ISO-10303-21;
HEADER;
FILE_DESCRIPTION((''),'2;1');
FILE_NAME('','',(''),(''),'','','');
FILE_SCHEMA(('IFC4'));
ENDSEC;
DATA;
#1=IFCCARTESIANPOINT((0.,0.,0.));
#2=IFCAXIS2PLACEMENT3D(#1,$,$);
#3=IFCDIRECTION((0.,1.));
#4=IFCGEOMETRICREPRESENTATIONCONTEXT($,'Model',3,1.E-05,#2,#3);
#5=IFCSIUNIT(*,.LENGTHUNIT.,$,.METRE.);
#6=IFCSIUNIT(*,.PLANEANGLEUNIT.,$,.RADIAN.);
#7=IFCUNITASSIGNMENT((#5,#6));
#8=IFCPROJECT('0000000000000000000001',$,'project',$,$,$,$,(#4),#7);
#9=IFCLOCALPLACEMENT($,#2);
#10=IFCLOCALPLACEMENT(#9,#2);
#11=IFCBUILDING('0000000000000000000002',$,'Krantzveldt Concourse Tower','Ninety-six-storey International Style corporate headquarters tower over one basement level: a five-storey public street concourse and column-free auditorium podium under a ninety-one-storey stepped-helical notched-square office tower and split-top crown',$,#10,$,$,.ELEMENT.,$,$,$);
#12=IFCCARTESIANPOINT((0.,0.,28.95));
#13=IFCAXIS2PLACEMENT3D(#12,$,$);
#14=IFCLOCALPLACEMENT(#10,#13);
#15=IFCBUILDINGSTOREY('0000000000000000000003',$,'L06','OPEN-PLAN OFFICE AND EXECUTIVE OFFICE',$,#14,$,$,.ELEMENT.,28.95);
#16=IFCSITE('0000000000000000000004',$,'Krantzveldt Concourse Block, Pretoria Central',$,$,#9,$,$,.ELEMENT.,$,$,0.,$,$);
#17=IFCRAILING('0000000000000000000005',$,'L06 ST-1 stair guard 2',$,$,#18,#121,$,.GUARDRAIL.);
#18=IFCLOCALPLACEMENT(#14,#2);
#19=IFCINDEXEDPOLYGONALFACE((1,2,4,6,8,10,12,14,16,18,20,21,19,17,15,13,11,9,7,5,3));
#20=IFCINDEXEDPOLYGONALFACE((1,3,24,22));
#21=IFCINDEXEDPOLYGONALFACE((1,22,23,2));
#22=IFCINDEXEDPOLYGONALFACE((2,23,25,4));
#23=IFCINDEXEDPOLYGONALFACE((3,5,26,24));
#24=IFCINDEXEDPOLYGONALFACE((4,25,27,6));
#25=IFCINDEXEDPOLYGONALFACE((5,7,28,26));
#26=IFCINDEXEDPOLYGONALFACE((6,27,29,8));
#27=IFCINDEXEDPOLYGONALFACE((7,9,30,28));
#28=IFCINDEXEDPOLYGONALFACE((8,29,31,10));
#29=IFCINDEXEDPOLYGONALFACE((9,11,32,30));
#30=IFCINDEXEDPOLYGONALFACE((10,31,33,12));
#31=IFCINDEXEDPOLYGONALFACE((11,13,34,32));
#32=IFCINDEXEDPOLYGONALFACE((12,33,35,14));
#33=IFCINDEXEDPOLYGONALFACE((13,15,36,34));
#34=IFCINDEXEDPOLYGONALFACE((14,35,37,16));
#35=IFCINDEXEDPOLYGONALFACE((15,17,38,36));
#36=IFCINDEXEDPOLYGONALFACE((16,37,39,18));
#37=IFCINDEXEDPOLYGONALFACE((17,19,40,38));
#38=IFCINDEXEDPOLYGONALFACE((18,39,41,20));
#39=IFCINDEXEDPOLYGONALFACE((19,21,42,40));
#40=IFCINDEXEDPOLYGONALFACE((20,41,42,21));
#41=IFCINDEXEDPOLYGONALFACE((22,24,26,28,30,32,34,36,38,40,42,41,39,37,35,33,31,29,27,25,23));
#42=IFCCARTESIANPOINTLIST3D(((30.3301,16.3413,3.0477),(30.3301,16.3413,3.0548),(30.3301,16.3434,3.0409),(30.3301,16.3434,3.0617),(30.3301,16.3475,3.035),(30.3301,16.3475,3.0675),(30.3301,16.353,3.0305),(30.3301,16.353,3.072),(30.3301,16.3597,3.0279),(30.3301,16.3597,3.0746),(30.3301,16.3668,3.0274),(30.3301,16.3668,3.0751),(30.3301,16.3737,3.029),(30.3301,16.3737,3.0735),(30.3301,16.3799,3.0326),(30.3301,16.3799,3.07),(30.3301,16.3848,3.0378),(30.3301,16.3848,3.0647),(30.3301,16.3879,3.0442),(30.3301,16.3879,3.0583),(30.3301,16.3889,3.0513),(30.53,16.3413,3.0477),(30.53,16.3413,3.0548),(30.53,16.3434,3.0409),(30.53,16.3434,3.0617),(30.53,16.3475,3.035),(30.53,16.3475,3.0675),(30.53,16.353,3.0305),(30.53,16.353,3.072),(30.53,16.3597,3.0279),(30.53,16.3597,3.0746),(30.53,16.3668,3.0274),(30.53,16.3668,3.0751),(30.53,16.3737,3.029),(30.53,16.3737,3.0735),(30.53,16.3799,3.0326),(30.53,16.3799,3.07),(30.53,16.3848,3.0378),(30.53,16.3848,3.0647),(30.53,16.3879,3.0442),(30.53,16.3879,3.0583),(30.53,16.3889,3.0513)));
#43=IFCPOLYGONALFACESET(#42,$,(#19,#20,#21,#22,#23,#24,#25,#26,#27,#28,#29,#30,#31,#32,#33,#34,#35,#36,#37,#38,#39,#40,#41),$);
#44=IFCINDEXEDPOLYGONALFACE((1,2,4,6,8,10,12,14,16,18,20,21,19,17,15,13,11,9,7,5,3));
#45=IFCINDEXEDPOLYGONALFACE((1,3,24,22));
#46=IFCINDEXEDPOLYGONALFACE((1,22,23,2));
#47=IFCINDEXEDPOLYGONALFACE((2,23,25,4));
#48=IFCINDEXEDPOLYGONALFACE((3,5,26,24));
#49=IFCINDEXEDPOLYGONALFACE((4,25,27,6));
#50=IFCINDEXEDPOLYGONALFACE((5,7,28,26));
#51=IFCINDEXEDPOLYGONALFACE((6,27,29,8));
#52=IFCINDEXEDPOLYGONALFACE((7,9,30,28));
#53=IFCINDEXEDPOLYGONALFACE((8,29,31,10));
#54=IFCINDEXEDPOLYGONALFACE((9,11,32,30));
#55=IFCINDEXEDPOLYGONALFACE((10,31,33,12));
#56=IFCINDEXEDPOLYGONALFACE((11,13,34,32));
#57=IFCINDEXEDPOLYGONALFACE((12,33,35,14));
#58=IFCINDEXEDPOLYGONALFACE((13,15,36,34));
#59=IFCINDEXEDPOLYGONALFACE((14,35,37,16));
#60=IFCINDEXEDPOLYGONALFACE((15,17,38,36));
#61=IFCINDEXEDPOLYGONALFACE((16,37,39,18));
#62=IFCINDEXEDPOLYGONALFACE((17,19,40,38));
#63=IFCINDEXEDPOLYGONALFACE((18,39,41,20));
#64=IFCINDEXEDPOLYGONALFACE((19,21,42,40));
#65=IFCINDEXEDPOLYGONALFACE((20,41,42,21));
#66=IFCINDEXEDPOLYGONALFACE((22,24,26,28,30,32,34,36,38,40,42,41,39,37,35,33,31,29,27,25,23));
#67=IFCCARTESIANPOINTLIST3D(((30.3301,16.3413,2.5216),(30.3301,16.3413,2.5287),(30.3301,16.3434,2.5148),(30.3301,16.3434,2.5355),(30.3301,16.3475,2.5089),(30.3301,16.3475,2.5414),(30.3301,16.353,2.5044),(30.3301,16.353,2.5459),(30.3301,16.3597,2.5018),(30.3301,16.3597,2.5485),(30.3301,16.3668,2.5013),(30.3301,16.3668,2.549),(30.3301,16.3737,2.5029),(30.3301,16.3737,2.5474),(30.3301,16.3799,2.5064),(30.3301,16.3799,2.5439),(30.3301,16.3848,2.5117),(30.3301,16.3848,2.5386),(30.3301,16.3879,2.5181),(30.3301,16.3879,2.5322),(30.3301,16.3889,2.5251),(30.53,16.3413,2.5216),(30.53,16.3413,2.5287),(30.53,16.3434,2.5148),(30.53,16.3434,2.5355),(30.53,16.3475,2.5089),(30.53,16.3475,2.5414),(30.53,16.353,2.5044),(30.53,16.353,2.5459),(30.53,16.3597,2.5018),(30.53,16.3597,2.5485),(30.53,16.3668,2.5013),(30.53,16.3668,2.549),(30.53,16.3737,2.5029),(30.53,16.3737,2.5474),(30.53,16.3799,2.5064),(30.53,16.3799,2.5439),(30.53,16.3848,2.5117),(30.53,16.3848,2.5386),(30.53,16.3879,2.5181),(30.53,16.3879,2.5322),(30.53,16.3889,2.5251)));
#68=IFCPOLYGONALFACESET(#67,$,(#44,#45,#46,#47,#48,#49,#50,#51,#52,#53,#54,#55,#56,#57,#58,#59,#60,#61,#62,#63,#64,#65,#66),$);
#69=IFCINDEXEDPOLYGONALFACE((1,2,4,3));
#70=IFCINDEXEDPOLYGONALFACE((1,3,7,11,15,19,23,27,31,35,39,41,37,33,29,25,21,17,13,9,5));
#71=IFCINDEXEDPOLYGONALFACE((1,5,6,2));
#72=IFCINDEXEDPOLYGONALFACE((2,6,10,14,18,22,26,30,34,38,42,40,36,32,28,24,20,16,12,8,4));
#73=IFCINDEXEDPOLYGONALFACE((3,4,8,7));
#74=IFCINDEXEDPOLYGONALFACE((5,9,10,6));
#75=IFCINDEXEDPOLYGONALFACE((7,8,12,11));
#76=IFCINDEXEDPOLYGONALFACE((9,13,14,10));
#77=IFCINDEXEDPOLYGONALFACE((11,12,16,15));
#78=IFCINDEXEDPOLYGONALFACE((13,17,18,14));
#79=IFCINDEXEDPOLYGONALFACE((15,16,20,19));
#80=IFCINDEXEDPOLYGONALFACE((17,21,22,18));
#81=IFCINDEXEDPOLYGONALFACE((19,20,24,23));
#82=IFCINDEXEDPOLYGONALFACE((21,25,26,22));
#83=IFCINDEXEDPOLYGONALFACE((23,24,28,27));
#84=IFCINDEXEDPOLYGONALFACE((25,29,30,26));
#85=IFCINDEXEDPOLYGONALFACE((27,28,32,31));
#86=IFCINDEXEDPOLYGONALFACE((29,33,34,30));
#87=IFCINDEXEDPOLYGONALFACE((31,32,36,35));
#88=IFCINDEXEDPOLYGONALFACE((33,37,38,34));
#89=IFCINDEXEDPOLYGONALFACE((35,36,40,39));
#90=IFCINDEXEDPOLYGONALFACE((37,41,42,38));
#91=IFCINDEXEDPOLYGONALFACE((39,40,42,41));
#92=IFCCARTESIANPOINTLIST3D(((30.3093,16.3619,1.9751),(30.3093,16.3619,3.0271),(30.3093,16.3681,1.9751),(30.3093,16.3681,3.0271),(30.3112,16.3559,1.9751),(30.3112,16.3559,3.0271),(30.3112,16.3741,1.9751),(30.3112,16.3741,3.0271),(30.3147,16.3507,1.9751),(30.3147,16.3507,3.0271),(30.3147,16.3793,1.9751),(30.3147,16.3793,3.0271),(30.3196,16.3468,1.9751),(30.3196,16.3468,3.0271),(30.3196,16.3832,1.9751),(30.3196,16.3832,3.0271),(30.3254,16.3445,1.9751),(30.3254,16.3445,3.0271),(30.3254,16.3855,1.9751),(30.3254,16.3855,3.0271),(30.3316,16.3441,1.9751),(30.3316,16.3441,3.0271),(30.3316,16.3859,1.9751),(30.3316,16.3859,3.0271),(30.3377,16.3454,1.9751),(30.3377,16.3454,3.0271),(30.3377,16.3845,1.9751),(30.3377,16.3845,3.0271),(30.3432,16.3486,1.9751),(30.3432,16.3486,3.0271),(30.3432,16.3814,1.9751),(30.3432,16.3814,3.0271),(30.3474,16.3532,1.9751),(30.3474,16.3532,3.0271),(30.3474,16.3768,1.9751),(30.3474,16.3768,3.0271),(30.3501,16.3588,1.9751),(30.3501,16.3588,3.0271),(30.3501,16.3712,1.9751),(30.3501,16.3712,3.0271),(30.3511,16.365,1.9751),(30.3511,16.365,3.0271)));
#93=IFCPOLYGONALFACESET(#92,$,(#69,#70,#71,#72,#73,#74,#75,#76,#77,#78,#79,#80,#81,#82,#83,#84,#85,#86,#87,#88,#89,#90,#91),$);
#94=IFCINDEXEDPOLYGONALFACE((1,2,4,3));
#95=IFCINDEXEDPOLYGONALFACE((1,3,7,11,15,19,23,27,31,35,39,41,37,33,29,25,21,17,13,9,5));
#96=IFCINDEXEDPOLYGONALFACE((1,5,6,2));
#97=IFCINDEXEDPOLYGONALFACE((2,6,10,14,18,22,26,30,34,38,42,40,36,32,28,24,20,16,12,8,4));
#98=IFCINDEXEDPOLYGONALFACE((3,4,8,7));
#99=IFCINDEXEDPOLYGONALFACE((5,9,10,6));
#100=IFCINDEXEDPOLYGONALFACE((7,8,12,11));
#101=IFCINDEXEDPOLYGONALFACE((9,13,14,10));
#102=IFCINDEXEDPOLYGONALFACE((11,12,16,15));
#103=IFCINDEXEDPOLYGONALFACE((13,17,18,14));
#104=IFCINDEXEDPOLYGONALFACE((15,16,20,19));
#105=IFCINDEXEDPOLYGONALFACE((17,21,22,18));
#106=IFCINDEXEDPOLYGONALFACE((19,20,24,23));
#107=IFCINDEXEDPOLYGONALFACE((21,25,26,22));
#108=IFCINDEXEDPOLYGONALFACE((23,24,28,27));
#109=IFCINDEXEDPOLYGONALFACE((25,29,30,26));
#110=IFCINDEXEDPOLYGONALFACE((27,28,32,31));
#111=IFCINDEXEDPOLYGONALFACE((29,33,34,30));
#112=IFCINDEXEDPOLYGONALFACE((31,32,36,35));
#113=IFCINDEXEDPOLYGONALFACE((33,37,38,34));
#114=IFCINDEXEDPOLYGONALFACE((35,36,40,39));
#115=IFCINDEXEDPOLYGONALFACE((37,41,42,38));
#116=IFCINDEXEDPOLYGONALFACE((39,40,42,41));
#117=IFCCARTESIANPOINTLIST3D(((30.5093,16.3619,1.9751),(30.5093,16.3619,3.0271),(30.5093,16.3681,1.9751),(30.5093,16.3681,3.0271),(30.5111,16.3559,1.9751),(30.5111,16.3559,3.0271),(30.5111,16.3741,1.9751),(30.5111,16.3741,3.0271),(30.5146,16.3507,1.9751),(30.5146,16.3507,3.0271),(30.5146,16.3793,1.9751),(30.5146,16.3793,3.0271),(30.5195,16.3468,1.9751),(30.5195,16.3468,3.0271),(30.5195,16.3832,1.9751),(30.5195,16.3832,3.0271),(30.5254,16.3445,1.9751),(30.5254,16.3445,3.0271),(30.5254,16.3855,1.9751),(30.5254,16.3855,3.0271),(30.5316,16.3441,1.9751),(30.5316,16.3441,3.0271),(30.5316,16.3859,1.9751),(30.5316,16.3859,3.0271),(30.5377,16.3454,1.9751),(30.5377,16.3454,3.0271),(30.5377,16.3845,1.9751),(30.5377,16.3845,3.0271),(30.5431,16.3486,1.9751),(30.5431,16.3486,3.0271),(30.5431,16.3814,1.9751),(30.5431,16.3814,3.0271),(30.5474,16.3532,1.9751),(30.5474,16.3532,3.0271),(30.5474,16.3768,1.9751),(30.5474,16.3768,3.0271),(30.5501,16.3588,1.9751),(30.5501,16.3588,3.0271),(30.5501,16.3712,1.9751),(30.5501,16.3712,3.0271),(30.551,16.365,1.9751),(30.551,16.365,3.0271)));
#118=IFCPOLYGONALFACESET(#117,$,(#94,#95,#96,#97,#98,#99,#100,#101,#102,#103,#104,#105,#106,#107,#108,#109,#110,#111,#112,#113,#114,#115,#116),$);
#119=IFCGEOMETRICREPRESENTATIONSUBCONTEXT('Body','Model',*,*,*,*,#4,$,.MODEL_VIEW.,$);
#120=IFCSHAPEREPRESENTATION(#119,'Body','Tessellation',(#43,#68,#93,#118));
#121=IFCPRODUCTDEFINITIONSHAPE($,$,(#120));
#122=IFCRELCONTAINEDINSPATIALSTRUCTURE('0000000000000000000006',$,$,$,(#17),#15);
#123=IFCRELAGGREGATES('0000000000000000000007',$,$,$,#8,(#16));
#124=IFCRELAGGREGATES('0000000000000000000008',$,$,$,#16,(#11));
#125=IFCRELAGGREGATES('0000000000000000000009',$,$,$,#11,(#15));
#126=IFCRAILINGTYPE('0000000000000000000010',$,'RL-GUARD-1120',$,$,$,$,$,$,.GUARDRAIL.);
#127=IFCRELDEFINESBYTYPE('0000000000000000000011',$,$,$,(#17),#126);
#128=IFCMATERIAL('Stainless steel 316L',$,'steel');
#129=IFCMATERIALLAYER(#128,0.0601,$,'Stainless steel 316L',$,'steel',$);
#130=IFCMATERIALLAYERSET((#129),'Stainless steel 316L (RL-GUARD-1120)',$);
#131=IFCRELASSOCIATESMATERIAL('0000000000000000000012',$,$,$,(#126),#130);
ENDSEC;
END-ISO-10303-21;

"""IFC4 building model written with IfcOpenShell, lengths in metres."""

from ifc_helpers import new_model, si_unit, direction, frame, origin, origin_2d, place, context, subcontext, project, spatial, circle, extrude, material, layer, layer_set, type_object, element, save


model = new_model("IFC4")

# Units and contexts
model_context = context("Model", 3, precision=1e-05, world=origin(), true_north=direction((0.0, 1.0)))
body_context = subcontext(model_context, "Body", "Model", "MODEL_VIEW")
ifc_project = project(units=[si_unit("LENGTHUNIT", "METRE"), si_unit("PLANEANGLEUNIT", "RADIAN")], contexts=[model_context])

# Site, building, storey
site_placement = place(None, origin())
site = spatial("IfcSite", under=ifc_project, at=site_placement, Name="Krantzveldt Concourse Block, Pretoria Central", CompositionType="ELEMENT", RefElevation=0.0)
building_placement = place(site_placement, origin())
building = spatial("IfcBuilding", under=site, at=building_placement, Name="Krantzveldt Concourse Tower", Description="Ninety-six-storey International Style corporate headquarters tower over one basement level: a five-storey public street concourse and column-free auditorium podium under a ninety-one-storey stepped-helical notched-square office tower and split-top crown", CompositionType="ELEMENT")
storey_placement = place(building_placement, frame((0.0, 0.0, 28.95)))
storey = spatial("IfcBuildingStorey", under=building, at=storey_placement, Name="L06", Description="OPEN-PLAN OFFICE AND EXECUTIVE OFFICE", CompositionType="ELEMENT", Elevation=28.95)

# Railing
ifc_material_1 = material(Name="Stainless steel 316L", Category="steel")
ifc_layer_1 = layer(ifc_material_1, 0.0601, Name="Stainless steel 316L", Category="steel")
ifc_layer_set_1 = layer_set([ifc_layer_1], Name="Stainless steel 316L (RL-GUARD-1120)")
railing_type_1 = type_object("IfcRailingType", Name="RL-GUARD-1120", PredefinedType="GUARDRAIL", material=ifc_layer_set_1)
railing_1_placement = place(storey_placement, frame((30.3301, 16.365, 1.9751)))
element("IfcRailing", 1, at=railing_1_placement, inside=storey, type_object=railing_type_1, Name="L06 ST-1 stair guard 2", PredefinedType="GUARDRAIL", context=body_context, shape_type="SweptSolid", body=[
    extrude(circle(Radius=0.0239, at=origin_2d()), frame((0.0, 0.0, 1.0762), z_axis=(1.0, 0.0, 0.0), x_axis=(0.0, 1.0, 0.0)), (0.0, 0.0, 1.0), 0.2),
    extrude(circle(Radius=0.0239, at=origin_2d()), frame((0.0, 0.0, 0.55), z_axis=(1.0, 0.0, 0.0), x_axis=(0.0, 1.0, 0.0)), (0.0, 0.0, 1.0), 0.2),
    extrude(circle(Radius=0.021, at=origin_2d()), origin(), (0.0, 0.0, 1.0), 1.052),
    extrude(circle(Radius=0.021, at=origin_2d()), frame((0.2, 0.0, 0.0)), (0.0, 0.0, 1.0), 1.052),
])

save(model, "model.ifc")
